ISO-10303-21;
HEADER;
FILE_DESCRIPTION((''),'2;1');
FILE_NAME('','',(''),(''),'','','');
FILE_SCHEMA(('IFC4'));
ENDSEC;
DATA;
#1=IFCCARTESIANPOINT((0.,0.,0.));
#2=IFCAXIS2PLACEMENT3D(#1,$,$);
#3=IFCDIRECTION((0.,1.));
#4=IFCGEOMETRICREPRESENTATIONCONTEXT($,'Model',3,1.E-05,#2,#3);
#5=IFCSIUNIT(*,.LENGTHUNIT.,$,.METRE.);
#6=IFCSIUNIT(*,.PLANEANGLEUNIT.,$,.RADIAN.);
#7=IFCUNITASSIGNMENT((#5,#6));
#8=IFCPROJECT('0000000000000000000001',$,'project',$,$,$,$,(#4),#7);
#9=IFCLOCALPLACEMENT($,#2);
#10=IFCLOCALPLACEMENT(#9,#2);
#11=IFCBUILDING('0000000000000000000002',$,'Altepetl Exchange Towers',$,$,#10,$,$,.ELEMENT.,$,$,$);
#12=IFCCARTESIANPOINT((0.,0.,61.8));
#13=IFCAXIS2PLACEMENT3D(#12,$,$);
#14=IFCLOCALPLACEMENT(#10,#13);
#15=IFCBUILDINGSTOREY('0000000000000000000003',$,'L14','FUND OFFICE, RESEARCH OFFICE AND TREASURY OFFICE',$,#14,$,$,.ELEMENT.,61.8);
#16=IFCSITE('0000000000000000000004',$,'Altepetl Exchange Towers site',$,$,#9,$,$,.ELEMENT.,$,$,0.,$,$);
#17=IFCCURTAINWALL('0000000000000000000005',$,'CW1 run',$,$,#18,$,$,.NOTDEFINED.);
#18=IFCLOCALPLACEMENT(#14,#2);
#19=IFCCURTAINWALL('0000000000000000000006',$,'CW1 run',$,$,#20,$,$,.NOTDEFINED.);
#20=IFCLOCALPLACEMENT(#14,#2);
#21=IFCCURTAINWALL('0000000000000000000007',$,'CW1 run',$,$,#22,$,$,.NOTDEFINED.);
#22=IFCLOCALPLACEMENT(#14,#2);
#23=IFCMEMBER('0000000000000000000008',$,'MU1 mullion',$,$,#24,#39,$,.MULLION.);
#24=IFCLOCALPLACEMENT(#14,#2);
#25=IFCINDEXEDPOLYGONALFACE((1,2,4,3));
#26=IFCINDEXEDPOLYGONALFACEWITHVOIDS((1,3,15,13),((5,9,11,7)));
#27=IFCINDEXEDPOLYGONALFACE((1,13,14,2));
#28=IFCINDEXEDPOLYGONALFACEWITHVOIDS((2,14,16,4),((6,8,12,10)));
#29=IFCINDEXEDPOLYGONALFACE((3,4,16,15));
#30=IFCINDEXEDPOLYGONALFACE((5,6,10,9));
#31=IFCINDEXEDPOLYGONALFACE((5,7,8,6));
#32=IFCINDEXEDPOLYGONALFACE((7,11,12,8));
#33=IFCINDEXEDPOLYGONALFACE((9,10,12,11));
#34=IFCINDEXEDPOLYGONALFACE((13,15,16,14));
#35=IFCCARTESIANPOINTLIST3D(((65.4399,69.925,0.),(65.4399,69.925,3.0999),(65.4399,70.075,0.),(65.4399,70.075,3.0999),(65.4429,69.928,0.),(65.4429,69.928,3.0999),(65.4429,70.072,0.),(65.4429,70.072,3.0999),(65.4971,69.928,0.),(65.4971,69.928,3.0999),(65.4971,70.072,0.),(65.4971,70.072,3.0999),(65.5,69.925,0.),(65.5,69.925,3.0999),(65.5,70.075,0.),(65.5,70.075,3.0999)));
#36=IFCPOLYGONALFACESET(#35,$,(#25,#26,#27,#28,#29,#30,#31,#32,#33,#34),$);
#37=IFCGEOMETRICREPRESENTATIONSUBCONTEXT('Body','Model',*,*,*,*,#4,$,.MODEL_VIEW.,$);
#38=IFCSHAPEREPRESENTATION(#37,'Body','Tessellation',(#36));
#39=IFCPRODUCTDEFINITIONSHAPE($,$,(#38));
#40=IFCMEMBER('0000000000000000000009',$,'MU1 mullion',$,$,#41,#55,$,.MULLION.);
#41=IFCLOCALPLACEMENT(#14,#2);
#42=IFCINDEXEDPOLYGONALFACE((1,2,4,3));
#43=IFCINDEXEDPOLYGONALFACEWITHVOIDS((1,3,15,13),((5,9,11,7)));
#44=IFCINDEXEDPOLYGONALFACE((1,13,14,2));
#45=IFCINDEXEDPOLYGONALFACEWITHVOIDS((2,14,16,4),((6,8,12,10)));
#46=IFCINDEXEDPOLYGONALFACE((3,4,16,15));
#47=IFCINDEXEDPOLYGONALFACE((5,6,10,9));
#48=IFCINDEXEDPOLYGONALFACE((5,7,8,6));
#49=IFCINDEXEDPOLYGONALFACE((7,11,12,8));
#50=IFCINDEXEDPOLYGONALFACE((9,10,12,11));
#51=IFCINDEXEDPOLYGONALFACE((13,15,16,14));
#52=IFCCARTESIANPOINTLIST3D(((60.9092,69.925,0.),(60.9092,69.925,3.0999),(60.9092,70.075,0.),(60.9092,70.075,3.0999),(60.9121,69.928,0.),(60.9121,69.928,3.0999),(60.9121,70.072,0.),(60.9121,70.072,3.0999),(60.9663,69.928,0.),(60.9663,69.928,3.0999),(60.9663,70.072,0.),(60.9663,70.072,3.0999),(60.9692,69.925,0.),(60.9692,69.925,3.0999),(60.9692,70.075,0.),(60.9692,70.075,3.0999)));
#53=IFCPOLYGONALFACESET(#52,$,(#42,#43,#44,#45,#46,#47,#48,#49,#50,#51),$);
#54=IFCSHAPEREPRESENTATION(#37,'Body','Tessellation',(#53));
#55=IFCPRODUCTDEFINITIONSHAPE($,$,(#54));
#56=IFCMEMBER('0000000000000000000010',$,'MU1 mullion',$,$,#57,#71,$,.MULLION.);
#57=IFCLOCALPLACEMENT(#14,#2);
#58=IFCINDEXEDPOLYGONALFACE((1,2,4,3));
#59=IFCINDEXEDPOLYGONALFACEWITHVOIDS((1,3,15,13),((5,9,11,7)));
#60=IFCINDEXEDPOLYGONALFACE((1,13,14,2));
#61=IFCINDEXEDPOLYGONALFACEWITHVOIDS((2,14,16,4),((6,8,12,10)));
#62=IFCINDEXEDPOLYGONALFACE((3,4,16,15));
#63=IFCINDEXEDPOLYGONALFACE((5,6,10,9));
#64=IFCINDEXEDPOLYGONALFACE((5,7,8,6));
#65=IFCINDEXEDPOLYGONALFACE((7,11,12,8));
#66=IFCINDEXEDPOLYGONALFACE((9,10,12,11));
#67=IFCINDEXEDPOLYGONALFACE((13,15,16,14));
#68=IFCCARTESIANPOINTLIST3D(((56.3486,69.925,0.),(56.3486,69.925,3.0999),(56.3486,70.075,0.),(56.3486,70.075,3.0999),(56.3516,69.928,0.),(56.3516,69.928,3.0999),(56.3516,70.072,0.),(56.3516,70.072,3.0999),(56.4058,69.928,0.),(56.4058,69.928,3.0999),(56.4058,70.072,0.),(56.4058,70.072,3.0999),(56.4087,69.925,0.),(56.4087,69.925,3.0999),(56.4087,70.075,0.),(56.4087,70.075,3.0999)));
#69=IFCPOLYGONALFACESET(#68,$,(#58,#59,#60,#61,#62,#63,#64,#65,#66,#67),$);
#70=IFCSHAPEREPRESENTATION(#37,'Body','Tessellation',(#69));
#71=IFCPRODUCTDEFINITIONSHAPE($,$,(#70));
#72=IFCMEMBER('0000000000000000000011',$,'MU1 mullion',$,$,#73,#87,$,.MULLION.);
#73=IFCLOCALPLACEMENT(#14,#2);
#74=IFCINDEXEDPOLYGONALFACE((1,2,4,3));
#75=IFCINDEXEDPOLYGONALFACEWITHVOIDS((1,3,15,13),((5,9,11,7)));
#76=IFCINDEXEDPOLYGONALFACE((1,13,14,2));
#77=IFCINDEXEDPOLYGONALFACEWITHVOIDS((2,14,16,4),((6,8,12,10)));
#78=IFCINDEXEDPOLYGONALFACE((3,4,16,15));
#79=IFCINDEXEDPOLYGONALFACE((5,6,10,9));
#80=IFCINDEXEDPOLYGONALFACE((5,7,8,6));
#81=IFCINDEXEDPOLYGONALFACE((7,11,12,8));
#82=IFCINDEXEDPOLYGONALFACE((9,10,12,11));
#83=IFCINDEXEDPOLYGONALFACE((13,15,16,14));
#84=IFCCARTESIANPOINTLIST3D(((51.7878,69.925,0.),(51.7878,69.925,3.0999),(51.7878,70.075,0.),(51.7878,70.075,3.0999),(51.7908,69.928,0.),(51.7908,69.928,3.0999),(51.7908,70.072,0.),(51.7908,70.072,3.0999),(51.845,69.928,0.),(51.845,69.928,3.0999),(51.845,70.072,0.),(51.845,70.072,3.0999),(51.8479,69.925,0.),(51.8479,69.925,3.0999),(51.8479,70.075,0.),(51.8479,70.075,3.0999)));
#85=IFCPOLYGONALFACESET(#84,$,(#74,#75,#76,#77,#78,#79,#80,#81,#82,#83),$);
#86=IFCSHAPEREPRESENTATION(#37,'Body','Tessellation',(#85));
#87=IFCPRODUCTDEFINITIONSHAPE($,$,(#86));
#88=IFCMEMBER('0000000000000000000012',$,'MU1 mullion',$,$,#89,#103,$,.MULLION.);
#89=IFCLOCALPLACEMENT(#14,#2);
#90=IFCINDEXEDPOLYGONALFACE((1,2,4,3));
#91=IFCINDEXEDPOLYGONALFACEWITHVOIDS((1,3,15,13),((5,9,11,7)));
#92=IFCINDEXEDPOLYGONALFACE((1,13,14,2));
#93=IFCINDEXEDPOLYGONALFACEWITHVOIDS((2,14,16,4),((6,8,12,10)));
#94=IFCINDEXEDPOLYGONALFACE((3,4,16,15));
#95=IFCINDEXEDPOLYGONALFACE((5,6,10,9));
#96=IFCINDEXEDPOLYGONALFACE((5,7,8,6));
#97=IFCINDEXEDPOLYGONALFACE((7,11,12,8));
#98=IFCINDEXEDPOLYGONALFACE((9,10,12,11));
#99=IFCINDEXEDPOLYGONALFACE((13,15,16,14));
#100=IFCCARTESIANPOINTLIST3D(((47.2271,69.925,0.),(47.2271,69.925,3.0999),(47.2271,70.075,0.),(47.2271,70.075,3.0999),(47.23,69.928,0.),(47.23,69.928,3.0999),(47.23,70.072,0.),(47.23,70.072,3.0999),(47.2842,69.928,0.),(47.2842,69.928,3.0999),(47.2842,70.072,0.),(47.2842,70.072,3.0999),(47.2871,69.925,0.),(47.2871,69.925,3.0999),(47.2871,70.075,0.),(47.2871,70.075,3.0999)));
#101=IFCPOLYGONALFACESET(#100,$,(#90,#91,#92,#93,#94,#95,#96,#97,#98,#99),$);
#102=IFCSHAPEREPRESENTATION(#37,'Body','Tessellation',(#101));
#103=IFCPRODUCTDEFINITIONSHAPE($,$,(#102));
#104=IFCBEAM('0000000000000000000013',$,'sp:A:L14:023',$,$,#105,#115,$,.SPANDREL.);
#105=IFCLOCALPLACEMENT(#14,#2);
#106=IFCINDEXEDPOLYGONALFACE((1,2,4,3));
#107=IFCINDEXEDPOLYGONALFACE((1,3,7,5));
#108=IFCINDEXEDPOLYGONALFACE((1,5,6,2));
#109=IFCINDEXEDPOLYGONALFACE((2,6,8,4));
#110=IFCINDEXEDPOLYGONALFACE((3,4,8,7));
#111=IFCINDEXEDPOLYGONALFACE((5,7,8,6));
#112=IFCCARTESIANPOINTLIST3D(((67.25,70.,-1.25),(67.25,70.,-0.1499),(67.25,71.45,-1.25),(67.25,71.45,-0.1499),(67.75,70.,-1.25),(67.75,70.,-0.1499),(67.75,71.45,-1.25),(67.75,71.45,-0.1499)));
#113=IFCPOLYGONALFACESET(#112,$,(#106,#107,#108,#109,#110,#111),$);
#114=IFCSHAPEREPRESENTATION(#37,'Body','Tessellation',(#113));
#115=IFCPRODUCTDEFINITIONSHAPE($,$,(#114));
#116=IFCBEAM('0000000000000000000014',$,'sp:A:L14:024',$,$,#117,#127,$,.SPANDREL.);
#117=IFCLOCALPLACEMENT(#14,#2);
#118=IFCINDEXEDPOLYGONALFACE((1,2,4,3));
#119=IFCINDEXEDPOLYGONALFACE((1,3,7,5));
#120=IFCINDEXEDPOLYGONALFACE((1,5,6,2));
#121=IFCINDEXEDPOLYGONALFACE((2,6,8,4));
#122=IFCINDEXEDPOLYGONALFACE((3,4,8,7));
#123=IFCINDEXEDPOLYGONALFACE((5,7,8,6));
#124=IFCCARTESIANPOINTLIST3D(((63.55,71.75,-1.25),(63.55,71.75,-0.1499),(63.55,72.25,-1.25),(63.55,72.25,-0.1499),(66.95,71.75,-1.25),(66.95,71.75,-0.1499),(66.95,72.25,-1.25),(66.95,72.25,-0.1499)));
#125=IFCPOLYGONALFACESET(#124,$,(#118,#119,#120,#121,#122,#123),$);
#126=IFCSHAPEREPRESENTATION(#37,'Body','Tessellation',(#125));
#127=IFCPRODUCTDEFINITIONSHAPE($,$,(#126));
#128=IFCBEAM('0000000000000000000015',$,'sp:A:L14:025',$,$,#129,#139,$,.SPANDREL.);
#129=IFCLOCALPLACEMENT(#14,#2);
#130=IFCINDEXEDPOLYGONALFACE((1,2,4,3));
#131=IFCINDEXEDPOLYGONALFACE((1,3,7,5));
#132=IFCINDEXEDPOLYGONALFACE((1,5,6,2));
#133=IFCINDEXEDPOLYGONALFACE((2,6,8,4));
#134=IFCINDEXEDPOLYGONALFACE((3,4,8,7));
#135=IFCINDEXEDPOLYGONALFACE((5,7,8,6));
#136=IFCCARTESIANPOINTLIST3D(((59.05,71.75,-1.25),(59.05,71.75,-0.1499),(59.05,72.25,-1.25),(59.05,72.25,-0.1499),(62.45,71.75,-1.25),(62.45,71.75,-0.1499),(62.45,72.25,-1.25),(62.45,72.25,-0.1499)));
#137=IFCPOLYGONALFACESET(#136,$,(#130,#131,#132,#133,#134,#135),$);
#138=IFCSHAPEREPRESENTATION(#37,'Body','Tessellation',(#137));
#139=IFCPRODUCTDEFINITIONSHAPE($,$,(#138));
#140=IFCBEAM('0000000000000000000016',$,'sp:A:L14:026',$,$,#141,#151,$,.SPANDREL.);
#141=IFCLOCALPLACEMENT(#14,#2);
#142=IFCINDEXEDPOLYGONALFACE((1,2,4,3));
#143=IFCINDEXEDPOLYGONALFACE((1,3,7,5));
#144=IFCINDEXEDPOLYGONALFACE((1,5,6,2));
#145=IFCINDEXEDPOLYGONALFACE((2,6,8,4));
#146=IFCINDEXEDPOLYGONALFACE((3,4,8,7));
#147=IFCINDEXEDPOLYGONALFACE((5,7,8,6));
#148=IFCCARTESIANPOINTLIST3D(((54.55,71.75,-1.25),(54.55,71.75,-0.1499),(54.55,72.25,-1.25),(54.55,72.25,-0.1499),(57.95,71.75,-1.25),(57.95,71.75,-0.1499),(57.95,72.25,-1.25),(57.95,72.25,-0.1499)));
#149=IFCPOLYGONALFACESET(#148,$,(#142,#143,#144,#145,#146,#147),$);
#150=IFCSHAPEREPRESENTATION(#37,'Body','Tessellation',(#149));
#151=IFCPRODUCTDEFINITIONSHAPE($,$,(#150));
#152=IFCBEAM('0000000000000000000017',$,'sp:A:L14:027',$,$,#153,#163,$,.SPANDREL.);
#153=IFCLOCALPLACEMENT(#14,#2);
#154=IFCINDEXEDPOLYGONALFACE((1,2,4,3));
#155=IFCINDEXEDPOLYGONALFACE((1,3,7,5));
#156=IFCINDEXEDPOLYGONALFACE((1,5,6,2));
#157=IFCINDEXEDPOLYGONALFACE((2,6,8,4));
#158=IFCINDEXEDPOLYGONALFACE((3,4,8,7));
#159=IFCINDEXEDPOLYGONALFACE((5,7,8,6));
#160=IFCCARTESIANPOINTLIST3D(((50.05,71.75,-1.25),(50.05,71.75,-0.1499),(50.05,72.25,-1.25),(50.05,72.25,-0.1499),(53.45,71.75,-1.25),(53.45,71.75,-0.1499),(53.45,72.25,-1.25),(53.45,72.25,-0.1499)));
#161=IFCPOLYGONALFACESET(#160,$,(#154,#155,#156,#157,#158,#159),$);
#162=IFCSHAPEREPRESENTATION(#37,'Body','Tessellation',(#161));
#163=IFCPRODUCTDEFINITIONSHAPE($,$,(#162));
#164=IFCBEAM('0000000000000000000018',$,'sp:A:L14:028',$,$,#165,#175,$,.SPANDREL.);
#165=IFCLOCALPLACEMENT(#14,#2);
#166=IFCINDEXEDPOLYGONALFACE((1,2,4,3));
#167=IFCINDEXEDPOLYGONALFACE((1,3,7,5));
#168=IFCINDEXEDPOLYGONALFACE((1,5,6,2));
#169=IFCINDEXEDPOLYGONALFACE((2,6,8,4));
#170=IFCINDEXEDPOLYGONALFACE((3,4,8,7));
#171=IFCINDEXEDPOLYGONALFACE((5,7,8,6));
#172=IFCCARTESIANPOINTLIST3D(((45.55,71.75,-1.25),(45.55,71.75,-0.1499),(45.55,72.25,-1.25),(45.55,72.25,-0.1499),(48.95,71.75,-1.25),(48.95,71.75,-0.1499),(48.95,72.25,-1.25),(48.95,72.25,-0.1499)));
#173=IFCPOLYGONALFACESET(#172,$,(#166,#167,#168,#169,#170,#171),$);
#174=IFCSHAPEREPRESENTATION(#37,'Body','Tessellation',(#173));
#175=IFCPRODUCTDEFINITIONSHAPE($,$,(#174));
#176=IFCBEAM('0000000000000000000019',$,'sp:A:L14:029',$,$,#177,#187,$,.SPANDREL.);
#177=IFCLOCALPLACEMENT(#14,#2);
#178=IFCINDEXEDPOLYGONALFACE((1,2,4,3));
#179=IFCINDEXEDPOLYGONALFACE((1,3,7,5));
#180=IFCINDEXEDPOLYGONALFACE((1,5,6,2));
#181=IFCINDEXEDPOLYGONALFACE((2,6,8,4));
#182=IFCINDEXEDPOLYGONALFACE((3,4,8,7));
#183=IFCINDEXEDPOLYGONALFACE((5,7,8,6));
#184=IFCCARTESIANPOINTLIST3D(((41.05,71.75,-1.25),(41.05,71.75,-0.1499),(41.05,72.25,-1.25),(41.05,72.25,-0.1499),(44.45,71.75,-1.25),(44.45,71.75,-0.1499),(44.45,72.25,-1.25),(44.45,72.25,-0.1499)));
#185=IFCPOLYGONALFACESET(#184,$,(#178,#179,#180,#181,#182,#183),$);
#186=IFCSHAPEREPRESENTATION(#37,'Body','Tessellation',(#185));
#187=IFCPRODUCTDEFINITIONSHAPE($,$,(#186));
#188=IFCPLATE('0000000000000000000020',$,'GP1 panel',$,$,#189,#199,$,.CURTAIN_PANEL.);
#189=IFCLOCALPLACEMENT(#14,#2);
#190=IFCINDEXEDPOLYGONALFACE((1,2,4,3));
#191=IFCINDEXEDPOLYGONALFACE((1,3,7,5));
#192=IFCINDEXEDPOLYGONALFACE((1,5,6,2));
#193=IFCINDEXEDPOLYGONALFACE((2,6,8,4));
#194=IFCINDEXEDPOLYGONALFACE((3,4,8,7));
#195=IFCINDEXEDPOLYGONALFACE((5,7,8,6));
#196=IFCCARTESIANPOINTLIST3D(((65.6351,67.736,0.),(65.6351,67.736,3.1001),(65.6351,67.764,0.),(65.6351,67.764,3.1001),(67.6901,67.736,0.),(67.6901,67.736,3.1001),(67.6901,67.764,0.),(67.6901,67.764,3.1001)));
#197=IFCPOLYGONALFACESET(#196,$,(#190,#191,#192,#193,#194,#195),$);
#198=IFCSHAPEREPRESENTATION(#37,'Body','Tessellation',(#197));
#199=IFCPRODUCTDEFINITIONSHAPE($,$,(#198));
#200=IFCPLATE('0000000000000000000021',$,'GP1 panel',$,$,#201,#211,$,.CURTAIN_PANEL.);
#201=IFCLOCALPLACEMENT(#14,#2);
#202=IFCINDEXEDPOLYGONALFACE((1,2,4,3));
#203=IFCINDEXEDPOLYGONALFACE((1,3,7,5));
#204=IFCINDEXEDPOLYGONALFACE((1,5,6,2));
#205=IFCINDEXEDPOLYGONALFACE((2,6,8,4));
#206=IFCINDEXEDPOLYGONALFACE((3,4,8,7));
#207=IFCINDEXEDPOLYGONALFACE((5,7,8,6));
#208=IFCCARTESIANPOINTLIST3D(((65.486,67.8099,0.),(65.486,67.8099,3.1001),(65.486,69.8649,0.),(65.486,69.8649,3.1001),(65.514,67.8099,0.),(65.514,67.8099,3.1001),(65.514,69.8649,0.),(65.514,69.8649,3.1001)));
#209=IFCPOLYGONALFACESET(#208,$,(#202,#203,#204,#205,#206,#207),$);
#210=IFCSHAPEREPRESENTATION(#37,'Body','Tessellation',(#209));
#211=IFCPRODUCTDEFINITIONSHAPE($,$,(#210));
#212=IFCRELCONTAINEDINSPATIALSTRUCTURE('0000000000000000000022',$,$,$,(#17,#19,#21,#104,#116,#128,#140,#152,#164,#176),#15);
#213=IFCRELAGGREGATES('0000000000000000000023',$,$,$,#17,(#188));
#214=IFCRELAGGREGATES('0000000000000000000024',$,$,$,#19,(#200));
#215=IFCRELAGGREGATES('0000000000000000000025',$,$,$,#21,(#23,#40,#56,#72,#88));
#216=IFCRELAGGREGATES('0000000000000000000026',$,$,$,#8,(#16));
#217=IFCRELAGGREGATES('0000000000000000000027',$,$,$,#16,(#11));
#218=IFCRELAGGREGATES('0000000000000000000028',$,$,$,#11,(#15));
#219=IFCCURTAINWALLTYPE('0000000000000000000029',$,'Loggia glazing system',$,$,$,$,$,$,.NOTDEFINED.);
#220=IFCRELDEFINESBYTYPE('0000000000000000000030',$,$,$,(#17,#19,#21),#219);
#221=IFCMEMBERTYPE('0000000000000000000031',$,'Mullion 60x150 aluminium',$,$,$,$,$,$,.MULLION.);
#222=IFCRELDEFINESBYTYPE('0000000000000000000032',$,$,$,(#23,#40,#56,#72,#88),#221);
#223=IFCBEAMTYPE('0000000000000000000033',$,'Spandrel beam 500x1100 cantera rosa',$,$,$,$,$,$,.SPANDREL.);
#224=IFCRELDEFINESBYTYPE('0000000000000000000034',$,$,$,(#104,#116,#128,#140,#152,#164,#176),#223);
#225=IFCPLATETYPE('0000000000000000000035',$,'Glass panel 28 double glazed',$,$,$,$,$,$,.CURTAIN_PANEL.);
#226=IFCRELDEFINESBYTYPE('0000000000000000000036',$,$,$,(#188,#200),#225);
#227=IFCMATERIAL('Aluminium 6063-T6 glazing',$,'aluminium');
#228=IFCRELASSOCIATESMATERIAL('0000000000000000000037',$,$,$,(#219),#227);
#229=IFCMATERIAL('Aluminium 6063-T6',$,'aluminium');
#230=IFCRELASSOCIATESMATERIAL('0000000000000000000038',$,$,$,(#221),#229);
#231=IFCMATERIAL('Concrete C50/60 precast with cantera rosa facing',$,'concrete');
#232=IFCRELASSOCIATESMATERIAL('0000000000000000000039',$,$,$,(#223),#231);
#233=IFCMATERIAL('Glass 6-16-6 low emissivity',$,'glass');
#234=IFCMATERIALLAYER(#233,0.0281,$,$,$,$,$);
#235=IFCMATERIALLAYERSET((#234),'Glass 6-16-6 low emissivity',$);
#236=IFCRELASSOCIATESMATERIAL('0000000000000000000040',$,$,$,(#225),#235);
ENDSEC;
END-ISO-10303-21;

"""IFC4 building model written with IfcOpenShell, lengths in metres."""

from ifc_helpers import new_model, si_unit, direction, frame, origin, origin_2d, place, context, subcontext, project, spatial, rectangle, hollow_rectangle, extrude, material, layer, layer_set, material_profile, profile_set, type_object, element, aggregate, save


model = new_model("IFC4")

# Units and contexts
model_context = context("Model", 3, precision=1e-05, world=origin(), true_north=direction((0.0, 1.0)))
body_context = subcontext(model_context, "Body", "Model", "MODEL_VIEW")
ifc_project = project(units=[si_unit("LENGTHUNIT", "METRE"), si_unit("PLANEANGLEUNIT", "RADIAN")], contexts=[model_context])

# Site, building, storey
site_placement = place(None, origin())
site = spatial("IfcSite", under=ifc_project, at=site_placement, Name="Altepetl Exchange Towers site", CompositionType="ELEMENT", RefElevation=0.0)
building_placement = place(site_placement, origin())
building = spatial("IfcBuilding", under=site, at=building_placement, Name="Altepetl Exchange Towers", CompositionType="ELEMENT")
storey_placement = place(building_placement, frame((0.0, 0.0, 61.8)))
storey = spatial("IfcBuildingStorey", under=building, at=storey_placement, Name="L14", Description="FUND OFFICE, RESEARCH OFFICE AND TREASURY OFFICE", CompositionType="ELEMENT", Elevation=61.8)

# Curtain wall
ifc_material_1 = material(Name="Aluminium 6063-T6 glazing", Category="aluminium")
curtain_wall_type = type_object("IfcCurtainWallType", Name="Loggia glazing system", PredefinedType="NOTDEFINED", material=ifc_material_1)
curtain_wall_1_placement = place(storey_placement, origin())
curtain_wall_1 = element("IfcCurtainWall", 1, at=curtain_wall_1_placement, inside=storey, type_object=curtain_wall_type, Name="CW1 run", PredefinedType="NOTDEFINED")
ifc_material_2 = material(Name="Aluminium 6063-T6", Category="aluminium")
ifc_material_profile_1 = material_profile(ifc_material_2, hollow_rectangle(XDim=0.0601, YDim=0.1499, WallThickness=0.0029, at=origin_2d()), Name="Mullion 60x150 aluminium")
ifc_profile_set_1 = profile_set([ifc_material_profile_1], Name="Aluminium 6063-T6")
member_type = type_object("IfcMemberType", Name="Mullion 60x150 aluminium", PredefinedType="MULLION", material=ifc_profile_set_1)

# Curtain walls, members
curtain_wall_2_placement = place(storey_placement, origin())
curtain_wall_2 = element("IfcCurtainWall", 2, at=curtain_wall_2_placement, inside=storey, type_object=curtain_wall_type, Name="CW1 run", PredefinedType="NOTDEFINED")
curtain_wall_3_placement = place(storey_placement, origin())
curtain_wall_3 = element("IfcCurtainWall", 3, at=curtain_wall_3_placement, inside=storey, type_object=curtain_wall_type, Name="CW1 run", PredefinedType="NOTDEFINED")
member_1_placement = place(storey_placement, frame((65.47, 70.0, 0.0), z_axis=(0.0, 0.0, 1.0), x_axis=(-1.0, 0.0, 0.0)))
member_1 = element("IfcMember", 4, at=member_1_placement, type_object=member_type, Name="MU1 mullion", PredefinedType="MULLION", context=body_context, shape_type="SweptSolid", body=[
    extrude(hollow_rectangle(XDim=0.0601, YDim=0.1499, WallThickness=0.0029, at=origin_2d()), origin(), (0.0, 0.0, 1.0), 3.0999),
])
member_2_placement = place(storey_placement, frame((60.9392, 70.0, 0.0), z_axis=(0.0, 0.0, 1.0), x_axis=(-1.0, 0.0, 0.0)))
member_2 = element("IfcMember", 5, at=member_2_placement, type_object=member_type, Name="MU1 mullion", PredefinedType="MULLION", context=body_context, shape_type="SweptSolid", body=[
    extrude(hollow_rectangle(XDim=0.0601, YDim=0.1499, WallThickness=0.0029, at=origin_2d()), origin(), (0.0, 0.0, 1.0), 3.0999),
])
member_3_placement = place(storey_placement, frame((56.3787, 70.0, 0.0), z_axis=(0.0, 0.0, 1.0), x_axis=(-1.0, 0.0, 0.0)))
member_3 = element("IfcMember", 6, at=member_3_placement, type_object=member_type, Name="MU1 mullion", PredefinedType="MULLION", context=body_context, shape_type="SweptSolid", body=[
    extrude(hollow_rectangle(XDim=0.0601, YDim=0.1499, WallThickness=0.0029, at=origin_2d()), origin(), (0.0, 0.0, 1.0), 3.0999),
])
member_4_placement = place(storey_placement, frame((51.8179, 70.0, 0.0), z_axis=(0.0, 0.0, 1.0), x_axis=(-1.0, 0.0, 0.0)))
member_4 = element("IfcMember", 7, at=member_4_placement, type_object=member_type, Name="MU1 mullion", PredefinedType="MULLION", context=body_context, shape_type="SweptSolid", body=[
    extrude(hollow_rectangle(XDim=0.0601, YDim=0.1499, WallThickness=0.0029, at=origin_2d()), origin(), (0.0, 0.0, 1.0), 3.0999),
])
member_5_placement = place(storey_placement, frame((47.2571, 70.0, 0.0), z_axis=(0.0, 0.0, 1.0), x_axis=(-1.0, 0.0, 0.0)))
member_5 = element("IfcMember", 8, at=member_5_placement, type_object=member_type, Name="MU1 mullion", PredefinedType="MULLION", context=body_context, shape_type="SweptSolid", body=[
    extrude(hollow_rectangle(XDim=0.0601, YDim=0.1499, WallThickness=0.0029, at=origin_2d()), origin(), (0.0, 0.0, 1.0), 3.0999),
])

# Beams
ifc_material_3 = material(Name="Concrete C50/60 precast with cantera rosa facing", Category="concrete")
ifc_material_profile_2 = material_profile(ifc_material_3, rectangle(XDim=0.5, YDim=1.1001, at=origin_2d()), Name="500 x 1100")
ifc_profile_set_2 = profile_set([ifc_material_profile_2], Name="Concrete C50/60 precast with cantera rosa facing")
beam_type_1 = type_object("IfcBeamType", Name="Spandrel beam 500x1100 cantera rosa", PredefinedType="SPANDREL", material=ifc_profile_set_2)
beam_1_placement = place(storey_placement, frame((67.5, 70.0, -0.7), z_axis=(0.0, 1.0, 0.0), x_axis=(-1.0, 0.0, 0.0)))
element("IfcBeam", 9, at=beam_1_placement, inside=storey, type_object=beam_type_1, Name="sp:A:L14:023", PredefinedType="SPANDREL", context=body_context, shape_type="SweptSolid", body=[
    extrude(rectangle(XDim=0.5, YDim=1.1001, at=origin_2d()), origin(), (0.0, 0.0, 1.0), 1.45),
])
for number, where, z_axis, x_axis, name in (
    (10, (66.95, 72.0, -0.7), (-1.0, 0.0, 0.0), (0.0, -1.0, 0.0), "sp:A:L14:024"),
    (11, (62.45, 72.0, -0.7), (-1.0, 0.0, 0.0), (0.0, -1.0, 0.0), "sp:A:L14:025"),
    (12, (57.95, 72.0, -0.7), (-1.0, 0.0, 0.0), (0.0, -1.0, 0.0), "sp:A:L14:026"),
    (13, (53.45, 72.0, -0.7), (-1.0, 0.0, 0.0), (0.0, -1.0, 0.0), "sp:A:L14:027"),
    (14, (48.95, 72.0, -0.7), (-1.0, 0.0, 0.0), (0.0, -1.0, 0.0), "sp:A:L14:028"),
    (15, (44.45, 72.0, -0.7), (-1.0, 0.0, 0.0), (0.0, -1.0, 0.0), "sp:A:L14:029"),
):
    element("IfcBeam", number, at=place(storey_placement, frame(where, z_axis=z_axis, x_axis=x_axis)), inside=storey, type_object=beam_type_1, Name=name, PredefinedType="SPANDREL", context=body_context, shape_type="SweptSolid", body=[
        extrude(rectangle(XDim=0.5, YDim=1.1001, at=origin_2d()), origin(), (0.0, 0.0, 1.0), 3.3999),
    ])

# Plates
ifc_material_4 = material(Name="Glass 6-16-6 low emissivity", Category="glass")
ifc_layer_1 = layer(ifc_material_4, 0.0281)
ifc_layer_set_1 = layer_set([ifc_layer_1], Name="Glass 6-16-6 low emissivity")
plate_type = type_object("IfcPlateType", Name="Glass panel 28 double glazed", PredefinedType="CURTAIN_PANEL", material=ifc_layer_set_1)
plate_1_placement = place(storey_placement, frame((66.6626, 67.75, 0.0), z_axis=(0.0, 0.0, 1.0), x_axis=(-1.0, 0.0, 0.0)))
plate_1 = element("IfcPlate", 16, at=plate_1_placement, type_object=plate_type, Name="GP1 panel", PredefinedType="CURTAIN_PANEL", context=body_context, shape_type="SweptSolid", body=[
    extrude(rectangle(XDim=2.0549, YDim=0.0281, at=origin_2d()), origin(), (0.0, 0.0, 1.0), 3.1001),
])
aggregate(curtain_wall_1, [plate_1])
plate_2_placement = place(storey_placement, frame((65.5, 68.8374, 0.0), z_axis=(0.0, 0.0, 1.0), x_axis=(0.0, 1.0, 0.0)))
plate_2 = element("IfcPlate", 17, at=plate_2_placement, type_object=plate_type, Name="GP1 panel", PredefinedType="CURTAIN_PANEL", context=body_context, shape_type="SweptSolid", body=[
    extrude(rectangle(XDim=2.0549, YDim=0.0281, at=origin_2d()), origin(), (0.0, 0.0, 1.0), 3.1001),
])
aggregate(curtain_wall_2, [plate_2])
aggregate(curtain_wall_3, [member_1, member_2, member_3, member_4, member_5])

save(model, "model.ifc")
